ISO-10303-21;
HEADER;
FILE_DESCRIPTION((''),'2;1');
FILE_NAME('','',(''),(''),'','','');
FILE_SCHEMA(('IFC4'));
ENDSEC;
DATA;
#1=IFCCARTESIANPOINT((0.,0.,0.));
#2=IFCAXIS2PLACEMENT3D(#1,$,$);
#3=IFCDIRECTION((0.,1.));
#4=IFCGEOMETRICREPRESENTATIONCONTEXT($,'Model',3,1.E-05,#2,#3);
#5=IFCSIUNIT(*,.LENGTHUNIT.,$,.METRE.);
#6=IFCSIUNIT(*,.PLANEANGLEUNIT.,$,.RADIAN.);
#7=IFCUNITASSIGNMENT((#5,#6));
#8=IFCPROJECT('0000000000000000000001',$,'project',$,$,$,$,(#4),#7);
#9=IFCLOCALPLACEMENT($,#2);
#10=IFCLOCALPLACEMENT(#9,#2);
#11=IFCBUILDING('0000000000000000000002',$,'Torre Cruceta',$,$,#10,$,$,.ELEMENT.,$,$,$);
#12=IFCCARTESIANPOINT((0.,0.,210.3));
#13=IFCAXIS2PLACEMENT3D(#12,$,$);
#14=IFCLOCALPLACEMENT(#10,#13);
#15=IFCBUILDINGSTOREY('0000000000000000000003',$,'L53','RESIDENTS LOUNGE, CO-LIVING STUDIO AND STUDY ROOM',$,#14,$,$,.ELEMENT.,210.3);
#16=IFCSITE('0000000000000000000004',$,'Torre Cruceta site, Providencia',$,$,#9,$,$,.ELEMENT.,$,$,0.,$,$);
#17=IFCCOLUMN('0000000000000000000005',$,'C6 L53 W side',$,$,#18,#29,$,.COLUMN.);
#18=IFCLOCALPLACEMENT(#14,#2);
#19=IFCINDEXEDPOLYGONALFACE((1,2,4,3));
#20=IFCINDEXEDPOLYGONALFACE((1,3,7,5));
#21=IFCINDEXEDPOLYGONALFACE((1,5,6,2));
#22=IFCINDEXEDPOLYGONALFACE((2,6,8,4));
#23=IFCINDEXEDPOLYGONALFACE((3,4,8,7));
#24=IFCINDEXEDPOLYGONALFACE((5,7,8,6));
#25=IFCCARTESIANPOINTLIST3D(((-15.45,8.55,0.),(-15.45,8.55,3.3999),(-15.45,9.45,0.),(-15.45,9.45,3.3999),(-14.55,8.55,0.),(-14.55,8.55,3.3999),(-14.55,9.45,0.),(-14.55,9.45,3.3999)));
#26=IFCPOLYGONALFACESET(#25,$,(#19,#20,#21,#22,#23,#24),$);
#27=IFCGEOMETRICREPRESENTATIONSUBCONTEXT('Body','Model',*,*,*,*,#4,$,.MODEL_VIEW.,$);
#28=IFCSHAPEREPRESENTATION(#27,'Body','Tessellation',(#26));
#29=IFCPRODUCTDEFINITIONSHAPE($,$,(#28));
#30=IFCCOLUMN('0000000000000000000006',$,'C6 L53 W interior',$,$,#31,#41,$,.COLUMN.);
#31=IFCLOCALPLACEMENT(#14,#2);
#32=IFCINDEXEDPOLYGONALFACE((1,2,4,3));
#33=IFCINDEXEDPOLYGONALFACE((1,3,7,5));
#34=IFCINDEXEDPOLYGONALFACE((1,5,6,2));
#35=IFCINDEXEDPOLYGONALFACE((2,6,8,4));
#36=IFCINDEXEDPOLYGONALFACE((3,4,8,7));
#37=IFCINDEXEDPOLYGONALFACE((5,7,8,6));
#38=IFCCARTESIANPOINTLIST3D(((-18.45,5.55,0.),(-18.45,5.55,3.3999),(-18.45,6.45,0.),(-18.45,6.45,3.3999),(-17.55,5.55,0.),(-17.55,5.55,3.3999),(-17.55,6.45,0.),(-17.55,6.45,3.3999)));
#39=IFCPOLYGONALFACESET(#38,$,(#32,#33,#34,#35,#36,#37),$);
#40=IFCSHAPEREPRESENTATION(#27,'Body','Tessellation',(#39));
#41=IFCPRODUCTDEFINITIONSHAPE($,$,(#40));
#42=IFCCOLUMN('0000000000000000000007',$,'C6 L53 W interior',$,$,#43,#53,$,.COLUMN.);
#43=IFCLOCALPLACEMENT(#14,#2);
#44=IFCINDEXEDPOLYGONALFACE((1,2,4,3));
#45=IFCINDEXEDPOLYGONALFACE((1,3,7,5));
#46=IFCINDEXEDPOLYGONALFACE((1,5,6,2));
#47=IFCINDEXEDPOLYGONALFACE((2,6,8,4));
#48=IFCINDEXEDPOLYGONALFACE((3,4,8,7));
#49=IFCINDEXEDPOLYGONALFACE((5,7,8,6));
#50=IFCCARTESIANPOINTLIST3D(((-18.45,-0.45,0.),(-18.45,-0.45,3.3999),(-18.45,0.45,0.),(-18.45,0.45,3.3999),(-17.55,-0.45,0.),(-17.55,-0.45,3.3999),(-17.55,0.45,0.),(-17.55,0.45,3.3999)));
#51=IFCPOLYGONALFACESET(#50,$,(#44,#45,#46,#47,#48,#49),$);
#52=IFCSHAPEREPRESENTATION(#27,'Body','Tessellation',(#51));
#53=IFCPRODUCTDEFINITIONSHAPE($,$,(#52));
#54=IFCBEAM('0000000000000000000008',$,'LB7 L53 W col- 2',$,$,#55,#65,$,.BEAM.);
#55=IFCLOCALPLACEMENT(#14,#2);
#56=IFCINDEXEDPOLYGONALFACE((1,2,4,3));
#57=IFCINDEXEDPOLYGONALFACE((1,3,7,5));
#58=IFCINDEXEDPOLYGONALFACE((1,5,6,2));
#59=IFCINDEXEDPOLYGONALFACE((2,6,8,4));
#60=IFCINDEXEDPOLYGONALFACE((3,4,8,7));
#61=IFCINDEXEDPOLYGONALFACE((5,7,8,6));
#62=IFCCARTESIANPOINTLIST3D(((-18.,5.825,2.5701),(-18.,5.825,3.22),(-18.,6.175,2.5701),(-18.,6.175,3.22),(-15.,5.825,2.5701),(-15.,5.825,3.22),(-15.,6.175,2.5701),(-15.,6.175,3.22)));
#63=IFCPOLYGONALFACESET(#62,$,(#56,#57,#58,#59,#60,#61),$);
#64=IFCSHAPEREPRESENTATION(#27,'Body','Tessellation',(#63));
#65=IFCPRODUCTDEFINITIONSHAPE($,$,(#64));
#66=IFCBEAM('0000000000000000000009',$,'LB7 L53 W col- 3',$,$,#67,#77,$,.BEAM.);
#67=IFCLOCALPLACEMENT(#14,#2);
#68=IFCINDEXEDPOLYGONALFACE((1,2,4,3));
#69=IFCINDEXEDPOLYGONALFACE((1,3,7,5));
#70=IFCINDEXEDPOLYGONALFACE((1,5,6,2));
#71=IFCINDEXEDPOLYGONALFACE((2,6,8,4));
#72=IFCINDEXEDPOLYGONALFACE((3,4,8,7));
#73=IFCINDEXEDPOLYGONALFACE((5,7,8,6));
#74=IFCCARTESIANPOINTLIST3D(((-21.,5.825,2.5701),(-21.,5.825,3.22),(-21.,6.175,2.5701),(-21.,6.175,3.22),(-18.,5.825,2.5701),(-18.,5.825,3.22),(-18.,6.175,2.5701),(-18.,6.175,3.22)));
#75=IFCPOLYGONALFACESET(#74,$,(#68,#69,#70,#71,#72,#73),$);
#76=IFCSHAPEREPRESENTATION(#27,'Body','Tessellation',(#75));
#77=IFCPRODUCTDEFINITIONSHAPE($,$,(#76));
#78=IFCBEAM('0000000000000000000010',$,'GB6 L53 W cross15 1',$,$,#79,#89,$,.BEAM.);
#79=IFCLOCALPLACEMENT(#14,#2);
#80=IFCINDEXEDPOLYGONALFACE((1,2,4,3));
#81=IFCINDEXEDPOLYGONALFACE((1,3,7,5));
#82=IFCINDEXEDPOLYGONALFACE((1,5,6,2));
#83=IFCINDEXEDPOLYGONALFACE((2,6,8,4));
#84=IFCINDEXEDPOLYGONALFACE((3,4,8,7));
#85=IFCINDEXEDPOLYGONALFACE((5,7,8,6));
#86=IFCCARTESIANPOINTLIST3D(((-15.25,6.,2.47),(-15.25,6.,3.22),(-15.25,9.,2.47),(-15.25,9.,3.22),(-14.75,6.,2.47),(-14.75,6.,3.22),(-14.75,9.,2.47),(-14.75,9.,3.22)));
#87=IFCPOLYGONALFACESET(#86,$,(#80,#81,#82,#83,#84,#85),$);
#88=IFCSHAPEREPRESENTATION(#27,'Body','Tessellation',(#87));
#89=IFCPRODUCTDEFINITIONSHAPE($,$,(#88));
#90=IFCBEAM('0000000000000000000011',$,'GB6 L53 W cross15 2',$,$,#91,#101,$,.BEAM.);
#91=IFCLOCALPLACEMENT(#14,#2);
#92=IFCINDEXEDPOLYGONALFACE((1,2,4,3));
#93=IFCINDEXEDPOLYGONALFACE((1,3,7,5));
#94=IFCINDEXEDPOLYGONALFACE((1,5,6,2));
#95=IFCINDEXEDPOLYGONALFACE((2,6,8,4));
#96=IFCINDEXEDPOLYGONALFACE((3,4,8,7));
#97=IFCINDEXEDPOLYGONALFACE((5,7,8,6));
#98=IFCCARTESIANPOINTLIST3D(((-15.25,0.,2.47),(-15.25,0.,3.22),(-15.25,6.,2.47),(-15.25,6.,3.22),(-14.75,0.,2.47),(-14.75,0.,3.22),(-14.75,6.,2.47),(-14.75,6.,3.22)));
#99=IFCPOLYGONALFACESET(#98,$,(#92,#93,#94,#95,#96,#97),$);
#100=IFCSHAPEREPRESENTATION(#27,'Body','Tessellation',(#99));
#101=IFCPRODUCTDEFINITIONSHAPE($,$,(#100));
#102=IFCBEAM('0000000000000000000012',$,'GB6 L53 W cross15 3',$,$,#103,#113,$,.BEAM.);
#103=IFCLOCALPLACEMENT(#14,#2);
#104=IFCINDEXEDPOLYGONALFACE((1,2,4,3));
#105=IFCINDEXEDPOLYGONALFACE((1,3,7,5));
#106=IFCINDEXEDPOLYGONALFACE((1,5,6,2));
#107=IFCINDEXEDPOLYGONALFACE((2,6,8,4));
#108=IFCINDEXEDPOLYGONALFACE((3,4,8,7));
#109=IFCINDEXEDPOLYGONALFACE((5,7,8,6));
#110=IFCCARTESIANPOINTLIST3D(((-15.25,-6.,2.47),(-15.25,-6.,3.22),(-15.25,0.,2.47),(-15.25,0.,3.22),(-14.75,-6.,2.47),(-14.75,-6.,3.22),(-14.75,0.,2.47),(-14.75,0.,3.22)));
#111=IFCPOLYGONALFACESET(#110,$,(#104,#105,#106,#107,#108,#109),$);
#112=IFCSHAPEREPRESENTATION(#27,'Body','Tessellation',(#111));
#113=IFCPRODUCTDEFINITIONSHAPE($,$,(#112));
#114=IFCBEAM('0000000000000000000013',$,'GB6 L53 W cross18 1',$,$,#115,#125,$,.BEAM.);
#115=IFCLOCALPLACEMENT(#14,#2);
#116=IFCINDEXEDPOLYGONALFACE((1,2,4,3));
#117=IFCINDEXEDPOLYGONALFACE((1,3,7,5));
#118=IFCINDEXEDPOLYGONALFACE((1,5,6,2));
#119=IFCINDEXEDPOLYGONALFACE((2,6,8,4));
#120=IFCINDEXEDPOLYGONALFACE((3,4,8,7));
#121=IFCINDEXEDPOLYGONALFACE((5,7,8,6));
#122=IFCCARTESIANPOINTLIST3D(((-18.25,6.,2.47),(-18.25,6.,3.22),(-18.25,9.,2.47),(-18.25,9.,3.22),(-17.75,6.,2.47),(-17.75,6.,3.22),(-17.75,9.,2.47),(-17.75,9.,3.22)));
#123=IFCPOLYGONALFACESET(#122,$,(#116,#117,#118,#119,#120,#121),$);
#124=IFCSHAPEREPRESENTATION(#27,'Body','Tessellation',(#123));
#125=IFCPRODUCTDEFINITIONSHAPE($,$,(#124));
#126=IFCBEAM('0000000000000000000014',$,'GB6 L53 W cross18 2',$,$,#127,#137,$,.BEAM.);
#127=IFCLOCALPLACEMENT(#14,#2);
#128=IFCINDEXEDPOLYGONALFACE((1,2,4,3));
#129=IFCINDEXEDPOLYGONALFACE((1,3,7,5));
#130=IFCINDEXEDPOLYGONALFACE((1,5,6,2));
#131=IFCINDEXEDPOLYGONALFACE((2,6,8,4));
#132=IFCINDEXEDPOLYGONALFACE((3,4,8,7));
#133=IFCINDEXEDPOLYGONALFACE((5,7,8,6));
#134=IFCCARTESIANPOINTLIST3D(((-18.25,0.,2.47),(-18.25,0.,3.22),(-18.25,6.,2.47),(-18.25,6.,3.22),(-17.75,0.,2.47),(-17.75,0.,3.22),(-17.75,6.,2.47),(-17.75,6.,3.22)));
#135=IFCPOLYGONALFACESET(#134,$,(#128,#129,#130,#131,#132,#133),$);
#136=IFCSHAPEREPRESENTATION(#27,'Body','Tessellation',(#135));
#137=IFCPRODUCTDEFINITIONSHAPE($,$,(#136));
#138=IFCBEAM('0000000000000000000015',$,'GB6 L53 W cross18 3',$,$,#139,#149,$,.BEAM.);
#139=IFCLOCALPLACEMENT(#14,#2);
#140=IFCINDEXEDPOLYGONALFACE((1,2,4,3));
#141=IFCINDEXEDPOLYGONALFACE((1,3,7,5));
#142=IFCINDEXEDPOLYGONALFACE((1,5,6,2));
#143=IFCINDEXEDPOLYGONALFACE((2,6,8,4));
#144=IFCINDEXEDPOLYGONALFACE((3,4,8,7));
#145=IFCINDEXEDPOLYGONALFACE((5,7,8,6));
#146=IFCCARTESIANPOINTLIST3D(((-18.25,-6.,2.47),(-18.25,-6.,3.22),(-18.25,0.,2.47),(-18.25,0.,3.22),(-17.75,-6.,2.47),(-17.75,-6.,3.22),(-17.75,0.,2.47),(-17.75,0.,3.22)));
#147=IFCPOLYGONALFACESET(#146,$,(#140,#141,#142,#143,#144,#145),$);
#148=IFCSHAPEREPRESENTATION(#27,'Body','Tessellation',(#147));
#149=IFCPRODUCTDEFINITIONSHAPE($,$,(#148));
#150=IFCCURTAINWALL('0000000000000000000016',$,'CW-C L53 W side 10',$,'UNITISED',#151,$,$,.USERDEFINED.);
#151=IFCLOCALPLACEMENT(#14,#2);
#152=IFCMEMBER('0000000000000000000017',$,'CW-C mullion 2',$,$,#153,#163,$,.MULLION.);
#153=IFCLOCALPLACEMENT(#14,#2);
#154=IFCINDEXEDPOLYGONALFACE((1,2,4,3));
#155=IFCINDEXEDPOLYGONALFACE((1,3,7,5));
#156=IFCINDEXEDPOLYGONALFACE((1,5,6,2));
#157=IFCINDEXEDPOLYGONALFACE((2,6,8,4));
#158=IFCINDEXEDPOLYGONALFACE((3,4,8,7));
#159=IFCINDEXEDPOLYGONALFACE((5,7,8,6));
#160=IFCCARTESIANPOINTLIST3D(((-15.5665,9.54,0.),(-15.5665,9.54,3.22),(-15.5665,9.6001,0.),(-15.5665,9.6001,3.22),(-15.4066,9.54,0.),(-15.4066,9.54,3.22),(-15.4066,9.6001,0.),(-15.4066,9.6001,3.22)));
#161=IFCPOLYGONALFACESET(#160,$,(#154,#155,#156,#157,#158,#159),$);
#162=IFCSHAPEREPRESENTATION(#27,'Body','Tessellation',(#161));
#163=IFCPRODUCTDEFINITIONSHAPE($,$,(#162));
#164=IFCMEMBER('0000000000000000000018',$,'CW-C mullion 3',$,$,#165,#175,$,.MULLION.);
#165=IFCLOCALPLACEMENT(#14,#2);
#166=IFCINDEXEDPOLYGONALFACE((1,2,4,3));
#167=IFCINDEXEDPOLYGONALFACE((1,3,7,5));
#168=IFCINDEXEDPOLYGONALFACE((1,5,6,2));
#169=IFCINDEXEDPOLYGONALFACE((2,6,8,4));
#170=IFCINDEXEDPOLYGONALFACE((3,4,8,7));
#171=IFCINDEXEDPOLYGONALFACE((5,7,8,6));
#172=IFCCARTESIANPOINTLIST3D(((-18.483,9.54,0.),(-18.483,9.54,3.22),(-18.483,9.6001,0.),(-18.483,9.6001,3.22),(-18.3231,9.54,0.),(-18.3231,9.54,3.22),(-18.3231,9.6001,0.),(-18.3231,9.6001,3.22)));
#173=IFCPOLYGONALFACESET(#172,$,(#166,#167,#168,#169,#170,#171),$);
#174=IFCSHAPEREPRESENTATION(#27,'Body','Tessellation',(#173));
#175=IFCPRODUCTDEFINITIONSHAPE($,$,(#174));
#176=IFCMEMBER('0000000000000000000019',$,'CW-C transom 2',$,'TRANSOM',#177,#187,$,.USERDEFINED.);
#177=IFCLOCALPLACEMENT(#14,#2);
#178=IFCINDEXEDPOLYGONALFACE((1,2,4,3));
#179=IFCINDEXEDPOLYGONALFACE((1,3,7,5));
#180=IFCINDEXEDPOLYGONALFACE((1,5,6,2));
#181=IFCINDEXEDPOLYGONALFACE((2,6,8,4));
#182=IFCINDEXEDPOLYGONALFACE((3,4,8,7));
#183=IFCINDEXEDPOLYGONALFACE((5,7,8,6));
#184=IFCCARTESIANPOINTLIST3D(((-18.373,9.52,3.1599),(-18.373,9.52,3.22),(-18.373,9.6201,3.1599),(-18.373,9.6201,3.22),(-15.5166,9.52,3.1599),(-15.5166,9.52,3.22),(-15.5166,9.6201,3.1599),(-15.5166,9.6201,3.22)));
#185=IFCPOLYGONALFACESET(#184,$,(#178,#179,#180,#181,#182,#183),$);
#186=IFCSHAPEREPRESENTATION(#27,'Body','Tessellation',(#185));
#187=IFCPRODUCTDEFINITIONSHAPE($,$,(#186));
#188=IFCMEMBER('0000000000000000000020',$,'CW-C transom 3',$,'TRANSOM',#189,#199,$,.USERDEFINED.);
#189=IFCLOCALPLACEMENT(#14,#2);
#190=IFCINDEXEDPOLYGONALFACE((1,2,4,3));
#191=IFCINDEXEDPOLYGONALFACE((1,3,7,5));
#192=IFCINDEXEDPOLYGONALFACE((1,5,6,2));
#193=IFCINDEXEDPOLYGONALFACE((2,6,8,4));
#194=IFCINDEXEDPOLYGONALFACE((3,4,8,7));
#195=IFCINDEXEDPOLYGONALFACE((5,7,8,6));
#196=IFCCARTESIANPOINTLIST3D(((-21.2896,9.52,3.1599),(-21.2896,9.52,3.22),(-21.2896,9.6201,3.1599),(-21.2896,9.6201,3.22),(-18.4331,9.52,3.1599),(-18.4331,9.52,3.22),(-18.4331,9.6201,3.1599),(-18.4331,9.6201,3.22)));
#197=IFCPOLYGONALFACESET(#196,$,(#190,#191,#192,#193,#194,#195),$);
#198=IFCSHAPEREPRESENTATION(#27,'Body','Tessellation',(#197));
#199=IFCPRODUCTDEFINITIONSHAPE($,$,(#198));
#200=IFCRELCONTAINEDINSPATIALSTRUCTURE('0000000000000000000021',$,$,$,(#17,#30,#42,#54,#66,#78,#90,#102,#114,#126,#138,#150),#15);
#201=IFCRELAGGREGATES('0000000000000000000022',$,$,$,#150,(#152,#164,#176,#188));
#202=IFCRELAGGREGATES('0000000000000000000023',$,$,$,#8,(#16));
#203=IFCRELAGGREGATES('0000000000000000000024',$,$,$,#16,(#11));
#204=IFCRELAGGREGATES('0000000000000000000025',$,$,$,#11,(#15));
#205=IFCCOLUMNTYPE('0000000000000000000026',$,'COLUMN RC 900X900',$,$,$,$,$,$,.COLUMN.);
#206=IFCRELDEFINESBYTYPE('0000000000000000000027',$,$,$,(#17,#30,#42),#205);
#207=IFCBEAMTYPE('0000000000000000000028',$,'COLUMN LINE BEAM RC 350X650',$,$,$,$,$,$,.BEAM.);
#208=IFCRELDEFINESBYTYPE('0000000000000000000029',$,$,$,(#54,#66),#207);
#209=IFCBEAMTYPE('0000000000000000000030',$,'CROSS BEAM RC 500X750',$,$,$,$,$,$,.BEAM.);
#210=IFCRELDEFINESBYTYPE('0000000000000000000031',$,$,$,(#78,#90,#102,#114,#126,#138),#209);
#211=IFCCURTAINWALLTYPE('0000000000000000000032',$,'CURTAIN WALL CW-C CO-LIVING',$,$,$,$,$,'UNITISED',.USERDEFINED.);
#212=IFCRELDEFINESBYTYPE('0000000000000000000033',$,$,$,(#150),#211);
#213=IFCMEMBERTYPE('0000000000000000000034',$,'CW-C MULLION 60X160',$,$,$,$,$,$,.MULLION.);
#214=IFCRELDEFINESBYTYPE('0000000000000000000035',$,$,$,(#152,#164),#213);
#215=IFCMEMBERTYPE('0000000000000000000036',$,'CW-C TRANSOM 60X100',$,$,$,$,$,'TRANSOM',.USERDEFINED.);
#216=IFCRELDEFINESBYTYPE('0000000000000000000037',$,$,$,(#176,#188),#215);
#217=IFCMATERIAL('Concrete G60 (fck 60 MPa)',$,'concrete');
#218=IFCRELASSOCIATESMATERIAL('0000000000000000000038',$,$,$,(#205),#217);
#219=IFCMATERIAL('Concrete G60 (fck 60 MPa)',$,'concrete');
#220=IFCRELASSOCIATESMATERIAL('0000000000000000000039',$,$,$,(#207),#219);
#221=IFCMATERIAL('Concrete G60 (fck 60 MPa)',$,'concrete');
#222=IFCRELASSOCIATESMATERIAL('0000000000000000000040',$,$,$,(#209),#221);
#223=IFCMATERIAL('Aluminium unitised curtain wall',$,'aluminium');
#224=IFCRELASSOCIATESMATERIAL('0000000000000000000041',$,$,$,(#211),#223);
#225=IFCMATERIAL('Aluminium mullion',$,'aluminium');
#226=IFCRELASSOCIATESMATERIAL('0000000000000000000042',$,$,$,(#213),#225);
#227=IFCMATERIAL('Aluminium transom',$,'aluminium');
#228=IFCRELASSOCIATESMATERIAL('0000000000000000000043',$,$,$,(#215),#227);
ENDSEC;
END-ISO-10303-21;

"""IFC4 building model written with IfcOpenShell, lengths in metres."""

from ifc_helpers import new_model, si_unit, direction, frame, origin, origin_2d, place, context, subcontext, project, spatial, rectangle, extrude, material, material_profile, profile_set, type_object, element, aggregate, save


model = new_model("IFC4")

# Units and contexts
model_context = context("Model", 3, precision=1e-05, world=origin(), true_north=direction((0.0, 1.0)))
body_context = subcontext(model_context, "Body", "Model", "MODEL_VIEW")
ifc_project = project(units=[si_unit("LENGTHUNIT", "METRE"), si_unit("PLANEANGLEUNIT", "RADIAN")], contexts=[model_context])

# Site, building, storey
site_placement = place(None, origin())
site = spatial("IfcSite", under=ifc_project, at=site_placement, Name="Torre Cruceta site, Providencia", CompositionType="ELEMENT", RefElevation=0.0)
building_placement = place(site_placement, origin())
building = spatial("IfcBuilding", under=site, at=building_placement, Name="Torre Cruceta", CompositionType="ELEMENT")
storey_placement = place(building_placement, frame((0.0, 0.0, 210.3)))
storey = spatial("IfcBuildingStorey", under=building, at=storey_placement, Name="L53", Description="RESIDENTS LOUNGE, CO-LIVING STUDIO AND STUDY ROOM", CompositionType="ELEMENT", Elevation=210.3)

# Columns
ifc_material_1 = material(Name="Concrete G60 (fck 60 MPa)", Category="concrete")
ifc_material_profile_1 = material_profile(ifc_material_1, rectangle(XDim=0.8999, YDim=0.8999, at=origin_2d()), Name="RC 900X900")
ifc_profile_set_1 = profile_set([ifc_material_profile_1], Name="Concrete G60 (fck 60 MPa)")
column_type = type_object("IfcColumnType", Name="COLUMN RC 900X900", PredefinedType="COLUMN", material=ifc_profile_set_1)
for number, where, z_axis, x_axis, name in (
    (1, (-15.0, 9.0, 0.0), (0.0, 0.0, 1.0), (1.0, 0.0, 0.0), "C6 L53 W side"),
    (2, (-18.0, 6.0, 0.0), (0.0, 0.0, 1.0), (1.0, 0.0, 0.0), "C6 L53 W interior"),
    (3, (-18.0, 0.0, 0.0), (0.0, 0.0, 1.0), (1.0, 0.0, 0.0), "C6 L53 W interior"),
):
    element("IfcColumn", number, at=place(storey_placement, frame(where, z_axis=z_axis, x_axis=x_axis)), inside=storey, type_object=column_type, Name=name, PredefinedType="COLUMN", context=body_context, shape_type="SweptSolid", body=[
        extrude(rectangle(XDim=0.8999, YDim=0.8999, at=origin_2d()), origin(), (0.0, 0.0, 1.0), 3.3999),
    ])

# Beams
ifc_material_2 = material(Name="Concrete G60 (fck 60 MPa)", Category="concrete")
ifc_material_profile_2 = material_profile(ifc_material_2, rectangle(XDim=0.3501, YDim=0.6499, at=origin_2d()), Name="RC 350X650")
ifc_profile_set_2 = profile_set([ifc_material_profile_2], Name="Concrete G60 (fck 60 MPa)")
beam_type_1 = type_object("IfcBeamType", Name="COLUMN LINE BEAM RC 350X650", PredefinedType="BEAM", material=ifc_profile_set_2)
for number, where, z_axis, x_axis, name in (
    (4, (-15.0, 6.0, 2.895), (-1.0, 0.0, 0.0), (0.0, -1.0, 0.0), "LB7 L53 W col- 2"),
    (5, (-18.0, 6.0, 2.895), (-1.0, 0.0, 0.0), (0.0, -1.0, 0.0), "LB7 L53 W col- 3"),
):
    element("IfcBeam", number, at=place(storey_placement, frame(where, z_axis=z_axis, x_axis=x_axis)), inside=storey, type_object=beam_type_1, Name=name, PredefinedType="BEAM", context=body_context, shape_type="SweptSolid", body=[
        extrude(rectangle(XDim=0.3501, YDim=0.6499, at=origin_2d()), origin(), (0.0, 0.0, 1.0), 3.0),
    ])
ifc_material_3 = material(Name="Concrete G60 (fck 60 MPa)", Category="concrete")
ifc_material_profile_3 = material_profile(ifc_material_3, rectangle(XDim=0.5, YDim=0.75, at=origin_2d()), Name="RC 500X750")
ifc_profile_set_3 = profile_set([ifc_material_profile_3], Name="Concrete G60 (fck 60 MPa)")
beam_type_2 = type_object("IfcBeamType", Name="CROSS BEAM RC 500X750", PredefinedType="BEAM", material=ifc_profile_set_3)
beam_1_placement = place(storey_placement, frame((-15.0, 9.0, 2.845), z_axis=(0.0, -1.0, 0.0), x_axis=(1.0, 0.0, 0.0)))
element("IfcBeam", 6, at=beam_1_placement, inside=storey, type_object=beam_type_2, Name="GB6 L53 W cross15 1", PredefinedType="BEAM", context=body_context, shape_type="SweptSolid", body=[
    extrude(rectangle(XDim=0.5, YDim=0.75, at=origin_2d()), origin(), (0.0, 0.0, 1.0), 3.0),
])
for number, where, z_axis, x_axis, name in (
    (7, (-15.0, 6.0, 2.845), (0.0, -1.0, 0.0), (1.0, 0.0, 0.0), "GB6 L53 W cross15 2"),
    (8, (-15.0, 0.0, 2.845), (0.0, -1.0, 0.0), (1.0, 0.0, 0.0), "GB6 L53 W cross15 3"),
):
    element("IfcBeam", number, at=place(storey_placement, frame(where, z_axis=z_axis, x_axis=x_axis)), inside=storey, type_object=beam_type_2, Name=name, PredefinedType="BEAM", context=body_context, shape_type="SweptSolid", body=[
        extrude(rectangle(XDim=0.5, YDim=0.75, at=origin_2d()), origin(), (0.0, 0.0, 1.0), 6.0),
    ])
beam_2_placement = place(storey_placement, frame((-18.0, 9.0, 2.845), z_axis=(0.0, -1.0, 0.0), x_axis=(1.0, 0.0, 0.0)))
element("IfcBeam", 9, at=beam_2_placement, inside=storey, type_object=beam_type_2, Name="GB6 L53 W cross18 1", PredefinedType="BEAM", context=body_context, shape_type="SweptSolid", body=[
    extrude(rectangle(XDim=0.5, YDim=0.75, at=origin_2d()), origin(), (0.0, 0.0, 1.0), 3.0),
])
for number, where, z_axis, x_axis, name in (
    (10, (-18.0, 6.0, 2.845), (0.0, -1.0, 0.0), (1.0, 0.0, 0.0), "GB6 L53 W cross18 2"),
    (11, (-18.0, 0.0, 2.845), (0.0, -1.0, 0.0), (1.0, 0.0, 0.0), "GB6 L53 W cross18 3"),
):
    element("IfcBeam", number, at=place(storey_placement, frame(where, z_axis=z_axis, x_axis=x_axis)), inside=storey, type_object=beam_type_2, Name=name, PredefinedType="BEAM", context=body_context, shape_type="SweptSolid", body=[
        extrude(rectangle(XDim=0.5, YDim=0.75, at=origin_2d()), origin(), (0.0, 0.0, 1.0), 6.0),
    ])

# Curtain wall, members
ifc_material_4 = material(Name="Aluminium unitised curtain wall", Category="aluminium")
curtain_wall_type = type_object("IfcCurtainWallType", Name="CURTAIN WALL CW-C CO-LIVING", ElementType="UNITISED", PredefinedType="USERDEFINED", material=ifc_material_4)
curtain_wall_placement = place(storey_placement, origin())
curtain_wall = element("IfcCurtainWall", 12, at=curtain_wall_placement, inside=storey, type_object=curtain_wall_type, Name="CW-C L53 W side 10", ObjectType="UNITISED", PredefinedType="USERDEFINED")
ifc_material_5 = material(Name="Aluminium mullion", Category="aluminium")
ifc_material_profile_4 = material_profile(ifc_material_5, rectangle(XDim=0.0601, YDim=0.1599, at=origin_2d()), Name="AL 60X160")
ifc_profile_set_4 = profile_set([ifc_material_profile_4], Name="Aluminium mullion")
member_type_1 = type_object("IfcMemberType", Name="CW-C MULLION 60X160", PredefinedType="MULLION", material=ifc_profile_set_4)
member_1_placement = place(storey_placement, frame((-15.4866, 9.5701, 0.0), z_axis=(0.0, 0.0, 1.0), x_axis=(0.0, -1.0, 0.0)))
member_1 = element("IfcMember", 13, at=member_1_placement, type_object=member_type_1, Name="CW-C mullion 2", PredefinedType="MULLION", context=body_context, shape_type="SweptSolid", body=[
    extrude(rectangle(XDim=0.0601, YDim=0.1599, at=origin_2d()), origin(), (0.0, 0.0, 1.0), 3.22),
])
member_2_placement = place(storey_placement, frame((-18.4031, 9.5701, 0.0), z_axis=(0.0, 0.0, 1.0), x_axis=(0.0, -1.0, 0.0)))
member_2 = element("IfcMember", 14, at=member_2_placement, type_object=member_type_1, Name="CW-C mullion 3", PredefinedType="MULLION", context=body_context, shape_type="SweptSolid", body=[
    extrude(rectangle(XDim=0.0601, YDim=0.1599, at=origin_2d()), origin(), (0.0, 0.0, 1.0), 3.22),
])
ifc_material_6 = material(Name="Aluminium transom", Category="aluminium")
ifc_material_profile_5 = material_profile(ifc_material_6, rectangle(XDim=0.1001, YDim=0.0601, at=origin_2d()), Name="AL 100X60")
ifc_profile_set_5 = profile_set([ifc_material_profile_5], Name="Aluminium transom")
member_type_2 = type_object("IfcMemberType", Name="CW-C TRANSOM 60X100", ElementType="TRANSOM", PredefinedType="USERDEFINED", material=ifc_profile_set_5)
member_3_placement = place(storey_placement, frame((-15.5166, 9.5701, 3.1899), z_axis=(-1.0, 0.0, 0.0), x_axis=(0.0, -1.0, 0.0)))
member_3 = element("IfcMember", 15, at=member_3_placement, type_object=member_type_2, Name="CW-C transom 2", ObjectType="TRANSOM", PredefinedType="USERDEFINED", context=body_context, shape_type="SweptSolid", body=[
    extrude(rectangle(XDim=0.1001, YDim=0.0601, at=origin_2d()), origin(), (0.0, 0.0, 1.0), 2.8564),
])
member_4_placement = place(storey_placement, frame((-18.4331, 9.5701, 3.1899), z_axis=(-1.0, 0.0, 0.0), x_axis=(0.0, -1.0, 0.0)))
member_4 = element("IfcMember", 16, at=member_4_placement, type_object=member_type_2, Name="CW-C transom 3", ObjectType="TRANSOM", PredefinedType="USERDEFINED", context=body_context, shape_type="SweptSolid", body=[
    extrude(rectangle(XDim=0.1001, YDim=0.0601, at=origin_2d()), origin(), (0.0, 0.0, 1.0), 2.8564),
])

aggregate(curtain_wall, [member_1, member_2, member_3, member_4])

save(model, "model.ifc")
